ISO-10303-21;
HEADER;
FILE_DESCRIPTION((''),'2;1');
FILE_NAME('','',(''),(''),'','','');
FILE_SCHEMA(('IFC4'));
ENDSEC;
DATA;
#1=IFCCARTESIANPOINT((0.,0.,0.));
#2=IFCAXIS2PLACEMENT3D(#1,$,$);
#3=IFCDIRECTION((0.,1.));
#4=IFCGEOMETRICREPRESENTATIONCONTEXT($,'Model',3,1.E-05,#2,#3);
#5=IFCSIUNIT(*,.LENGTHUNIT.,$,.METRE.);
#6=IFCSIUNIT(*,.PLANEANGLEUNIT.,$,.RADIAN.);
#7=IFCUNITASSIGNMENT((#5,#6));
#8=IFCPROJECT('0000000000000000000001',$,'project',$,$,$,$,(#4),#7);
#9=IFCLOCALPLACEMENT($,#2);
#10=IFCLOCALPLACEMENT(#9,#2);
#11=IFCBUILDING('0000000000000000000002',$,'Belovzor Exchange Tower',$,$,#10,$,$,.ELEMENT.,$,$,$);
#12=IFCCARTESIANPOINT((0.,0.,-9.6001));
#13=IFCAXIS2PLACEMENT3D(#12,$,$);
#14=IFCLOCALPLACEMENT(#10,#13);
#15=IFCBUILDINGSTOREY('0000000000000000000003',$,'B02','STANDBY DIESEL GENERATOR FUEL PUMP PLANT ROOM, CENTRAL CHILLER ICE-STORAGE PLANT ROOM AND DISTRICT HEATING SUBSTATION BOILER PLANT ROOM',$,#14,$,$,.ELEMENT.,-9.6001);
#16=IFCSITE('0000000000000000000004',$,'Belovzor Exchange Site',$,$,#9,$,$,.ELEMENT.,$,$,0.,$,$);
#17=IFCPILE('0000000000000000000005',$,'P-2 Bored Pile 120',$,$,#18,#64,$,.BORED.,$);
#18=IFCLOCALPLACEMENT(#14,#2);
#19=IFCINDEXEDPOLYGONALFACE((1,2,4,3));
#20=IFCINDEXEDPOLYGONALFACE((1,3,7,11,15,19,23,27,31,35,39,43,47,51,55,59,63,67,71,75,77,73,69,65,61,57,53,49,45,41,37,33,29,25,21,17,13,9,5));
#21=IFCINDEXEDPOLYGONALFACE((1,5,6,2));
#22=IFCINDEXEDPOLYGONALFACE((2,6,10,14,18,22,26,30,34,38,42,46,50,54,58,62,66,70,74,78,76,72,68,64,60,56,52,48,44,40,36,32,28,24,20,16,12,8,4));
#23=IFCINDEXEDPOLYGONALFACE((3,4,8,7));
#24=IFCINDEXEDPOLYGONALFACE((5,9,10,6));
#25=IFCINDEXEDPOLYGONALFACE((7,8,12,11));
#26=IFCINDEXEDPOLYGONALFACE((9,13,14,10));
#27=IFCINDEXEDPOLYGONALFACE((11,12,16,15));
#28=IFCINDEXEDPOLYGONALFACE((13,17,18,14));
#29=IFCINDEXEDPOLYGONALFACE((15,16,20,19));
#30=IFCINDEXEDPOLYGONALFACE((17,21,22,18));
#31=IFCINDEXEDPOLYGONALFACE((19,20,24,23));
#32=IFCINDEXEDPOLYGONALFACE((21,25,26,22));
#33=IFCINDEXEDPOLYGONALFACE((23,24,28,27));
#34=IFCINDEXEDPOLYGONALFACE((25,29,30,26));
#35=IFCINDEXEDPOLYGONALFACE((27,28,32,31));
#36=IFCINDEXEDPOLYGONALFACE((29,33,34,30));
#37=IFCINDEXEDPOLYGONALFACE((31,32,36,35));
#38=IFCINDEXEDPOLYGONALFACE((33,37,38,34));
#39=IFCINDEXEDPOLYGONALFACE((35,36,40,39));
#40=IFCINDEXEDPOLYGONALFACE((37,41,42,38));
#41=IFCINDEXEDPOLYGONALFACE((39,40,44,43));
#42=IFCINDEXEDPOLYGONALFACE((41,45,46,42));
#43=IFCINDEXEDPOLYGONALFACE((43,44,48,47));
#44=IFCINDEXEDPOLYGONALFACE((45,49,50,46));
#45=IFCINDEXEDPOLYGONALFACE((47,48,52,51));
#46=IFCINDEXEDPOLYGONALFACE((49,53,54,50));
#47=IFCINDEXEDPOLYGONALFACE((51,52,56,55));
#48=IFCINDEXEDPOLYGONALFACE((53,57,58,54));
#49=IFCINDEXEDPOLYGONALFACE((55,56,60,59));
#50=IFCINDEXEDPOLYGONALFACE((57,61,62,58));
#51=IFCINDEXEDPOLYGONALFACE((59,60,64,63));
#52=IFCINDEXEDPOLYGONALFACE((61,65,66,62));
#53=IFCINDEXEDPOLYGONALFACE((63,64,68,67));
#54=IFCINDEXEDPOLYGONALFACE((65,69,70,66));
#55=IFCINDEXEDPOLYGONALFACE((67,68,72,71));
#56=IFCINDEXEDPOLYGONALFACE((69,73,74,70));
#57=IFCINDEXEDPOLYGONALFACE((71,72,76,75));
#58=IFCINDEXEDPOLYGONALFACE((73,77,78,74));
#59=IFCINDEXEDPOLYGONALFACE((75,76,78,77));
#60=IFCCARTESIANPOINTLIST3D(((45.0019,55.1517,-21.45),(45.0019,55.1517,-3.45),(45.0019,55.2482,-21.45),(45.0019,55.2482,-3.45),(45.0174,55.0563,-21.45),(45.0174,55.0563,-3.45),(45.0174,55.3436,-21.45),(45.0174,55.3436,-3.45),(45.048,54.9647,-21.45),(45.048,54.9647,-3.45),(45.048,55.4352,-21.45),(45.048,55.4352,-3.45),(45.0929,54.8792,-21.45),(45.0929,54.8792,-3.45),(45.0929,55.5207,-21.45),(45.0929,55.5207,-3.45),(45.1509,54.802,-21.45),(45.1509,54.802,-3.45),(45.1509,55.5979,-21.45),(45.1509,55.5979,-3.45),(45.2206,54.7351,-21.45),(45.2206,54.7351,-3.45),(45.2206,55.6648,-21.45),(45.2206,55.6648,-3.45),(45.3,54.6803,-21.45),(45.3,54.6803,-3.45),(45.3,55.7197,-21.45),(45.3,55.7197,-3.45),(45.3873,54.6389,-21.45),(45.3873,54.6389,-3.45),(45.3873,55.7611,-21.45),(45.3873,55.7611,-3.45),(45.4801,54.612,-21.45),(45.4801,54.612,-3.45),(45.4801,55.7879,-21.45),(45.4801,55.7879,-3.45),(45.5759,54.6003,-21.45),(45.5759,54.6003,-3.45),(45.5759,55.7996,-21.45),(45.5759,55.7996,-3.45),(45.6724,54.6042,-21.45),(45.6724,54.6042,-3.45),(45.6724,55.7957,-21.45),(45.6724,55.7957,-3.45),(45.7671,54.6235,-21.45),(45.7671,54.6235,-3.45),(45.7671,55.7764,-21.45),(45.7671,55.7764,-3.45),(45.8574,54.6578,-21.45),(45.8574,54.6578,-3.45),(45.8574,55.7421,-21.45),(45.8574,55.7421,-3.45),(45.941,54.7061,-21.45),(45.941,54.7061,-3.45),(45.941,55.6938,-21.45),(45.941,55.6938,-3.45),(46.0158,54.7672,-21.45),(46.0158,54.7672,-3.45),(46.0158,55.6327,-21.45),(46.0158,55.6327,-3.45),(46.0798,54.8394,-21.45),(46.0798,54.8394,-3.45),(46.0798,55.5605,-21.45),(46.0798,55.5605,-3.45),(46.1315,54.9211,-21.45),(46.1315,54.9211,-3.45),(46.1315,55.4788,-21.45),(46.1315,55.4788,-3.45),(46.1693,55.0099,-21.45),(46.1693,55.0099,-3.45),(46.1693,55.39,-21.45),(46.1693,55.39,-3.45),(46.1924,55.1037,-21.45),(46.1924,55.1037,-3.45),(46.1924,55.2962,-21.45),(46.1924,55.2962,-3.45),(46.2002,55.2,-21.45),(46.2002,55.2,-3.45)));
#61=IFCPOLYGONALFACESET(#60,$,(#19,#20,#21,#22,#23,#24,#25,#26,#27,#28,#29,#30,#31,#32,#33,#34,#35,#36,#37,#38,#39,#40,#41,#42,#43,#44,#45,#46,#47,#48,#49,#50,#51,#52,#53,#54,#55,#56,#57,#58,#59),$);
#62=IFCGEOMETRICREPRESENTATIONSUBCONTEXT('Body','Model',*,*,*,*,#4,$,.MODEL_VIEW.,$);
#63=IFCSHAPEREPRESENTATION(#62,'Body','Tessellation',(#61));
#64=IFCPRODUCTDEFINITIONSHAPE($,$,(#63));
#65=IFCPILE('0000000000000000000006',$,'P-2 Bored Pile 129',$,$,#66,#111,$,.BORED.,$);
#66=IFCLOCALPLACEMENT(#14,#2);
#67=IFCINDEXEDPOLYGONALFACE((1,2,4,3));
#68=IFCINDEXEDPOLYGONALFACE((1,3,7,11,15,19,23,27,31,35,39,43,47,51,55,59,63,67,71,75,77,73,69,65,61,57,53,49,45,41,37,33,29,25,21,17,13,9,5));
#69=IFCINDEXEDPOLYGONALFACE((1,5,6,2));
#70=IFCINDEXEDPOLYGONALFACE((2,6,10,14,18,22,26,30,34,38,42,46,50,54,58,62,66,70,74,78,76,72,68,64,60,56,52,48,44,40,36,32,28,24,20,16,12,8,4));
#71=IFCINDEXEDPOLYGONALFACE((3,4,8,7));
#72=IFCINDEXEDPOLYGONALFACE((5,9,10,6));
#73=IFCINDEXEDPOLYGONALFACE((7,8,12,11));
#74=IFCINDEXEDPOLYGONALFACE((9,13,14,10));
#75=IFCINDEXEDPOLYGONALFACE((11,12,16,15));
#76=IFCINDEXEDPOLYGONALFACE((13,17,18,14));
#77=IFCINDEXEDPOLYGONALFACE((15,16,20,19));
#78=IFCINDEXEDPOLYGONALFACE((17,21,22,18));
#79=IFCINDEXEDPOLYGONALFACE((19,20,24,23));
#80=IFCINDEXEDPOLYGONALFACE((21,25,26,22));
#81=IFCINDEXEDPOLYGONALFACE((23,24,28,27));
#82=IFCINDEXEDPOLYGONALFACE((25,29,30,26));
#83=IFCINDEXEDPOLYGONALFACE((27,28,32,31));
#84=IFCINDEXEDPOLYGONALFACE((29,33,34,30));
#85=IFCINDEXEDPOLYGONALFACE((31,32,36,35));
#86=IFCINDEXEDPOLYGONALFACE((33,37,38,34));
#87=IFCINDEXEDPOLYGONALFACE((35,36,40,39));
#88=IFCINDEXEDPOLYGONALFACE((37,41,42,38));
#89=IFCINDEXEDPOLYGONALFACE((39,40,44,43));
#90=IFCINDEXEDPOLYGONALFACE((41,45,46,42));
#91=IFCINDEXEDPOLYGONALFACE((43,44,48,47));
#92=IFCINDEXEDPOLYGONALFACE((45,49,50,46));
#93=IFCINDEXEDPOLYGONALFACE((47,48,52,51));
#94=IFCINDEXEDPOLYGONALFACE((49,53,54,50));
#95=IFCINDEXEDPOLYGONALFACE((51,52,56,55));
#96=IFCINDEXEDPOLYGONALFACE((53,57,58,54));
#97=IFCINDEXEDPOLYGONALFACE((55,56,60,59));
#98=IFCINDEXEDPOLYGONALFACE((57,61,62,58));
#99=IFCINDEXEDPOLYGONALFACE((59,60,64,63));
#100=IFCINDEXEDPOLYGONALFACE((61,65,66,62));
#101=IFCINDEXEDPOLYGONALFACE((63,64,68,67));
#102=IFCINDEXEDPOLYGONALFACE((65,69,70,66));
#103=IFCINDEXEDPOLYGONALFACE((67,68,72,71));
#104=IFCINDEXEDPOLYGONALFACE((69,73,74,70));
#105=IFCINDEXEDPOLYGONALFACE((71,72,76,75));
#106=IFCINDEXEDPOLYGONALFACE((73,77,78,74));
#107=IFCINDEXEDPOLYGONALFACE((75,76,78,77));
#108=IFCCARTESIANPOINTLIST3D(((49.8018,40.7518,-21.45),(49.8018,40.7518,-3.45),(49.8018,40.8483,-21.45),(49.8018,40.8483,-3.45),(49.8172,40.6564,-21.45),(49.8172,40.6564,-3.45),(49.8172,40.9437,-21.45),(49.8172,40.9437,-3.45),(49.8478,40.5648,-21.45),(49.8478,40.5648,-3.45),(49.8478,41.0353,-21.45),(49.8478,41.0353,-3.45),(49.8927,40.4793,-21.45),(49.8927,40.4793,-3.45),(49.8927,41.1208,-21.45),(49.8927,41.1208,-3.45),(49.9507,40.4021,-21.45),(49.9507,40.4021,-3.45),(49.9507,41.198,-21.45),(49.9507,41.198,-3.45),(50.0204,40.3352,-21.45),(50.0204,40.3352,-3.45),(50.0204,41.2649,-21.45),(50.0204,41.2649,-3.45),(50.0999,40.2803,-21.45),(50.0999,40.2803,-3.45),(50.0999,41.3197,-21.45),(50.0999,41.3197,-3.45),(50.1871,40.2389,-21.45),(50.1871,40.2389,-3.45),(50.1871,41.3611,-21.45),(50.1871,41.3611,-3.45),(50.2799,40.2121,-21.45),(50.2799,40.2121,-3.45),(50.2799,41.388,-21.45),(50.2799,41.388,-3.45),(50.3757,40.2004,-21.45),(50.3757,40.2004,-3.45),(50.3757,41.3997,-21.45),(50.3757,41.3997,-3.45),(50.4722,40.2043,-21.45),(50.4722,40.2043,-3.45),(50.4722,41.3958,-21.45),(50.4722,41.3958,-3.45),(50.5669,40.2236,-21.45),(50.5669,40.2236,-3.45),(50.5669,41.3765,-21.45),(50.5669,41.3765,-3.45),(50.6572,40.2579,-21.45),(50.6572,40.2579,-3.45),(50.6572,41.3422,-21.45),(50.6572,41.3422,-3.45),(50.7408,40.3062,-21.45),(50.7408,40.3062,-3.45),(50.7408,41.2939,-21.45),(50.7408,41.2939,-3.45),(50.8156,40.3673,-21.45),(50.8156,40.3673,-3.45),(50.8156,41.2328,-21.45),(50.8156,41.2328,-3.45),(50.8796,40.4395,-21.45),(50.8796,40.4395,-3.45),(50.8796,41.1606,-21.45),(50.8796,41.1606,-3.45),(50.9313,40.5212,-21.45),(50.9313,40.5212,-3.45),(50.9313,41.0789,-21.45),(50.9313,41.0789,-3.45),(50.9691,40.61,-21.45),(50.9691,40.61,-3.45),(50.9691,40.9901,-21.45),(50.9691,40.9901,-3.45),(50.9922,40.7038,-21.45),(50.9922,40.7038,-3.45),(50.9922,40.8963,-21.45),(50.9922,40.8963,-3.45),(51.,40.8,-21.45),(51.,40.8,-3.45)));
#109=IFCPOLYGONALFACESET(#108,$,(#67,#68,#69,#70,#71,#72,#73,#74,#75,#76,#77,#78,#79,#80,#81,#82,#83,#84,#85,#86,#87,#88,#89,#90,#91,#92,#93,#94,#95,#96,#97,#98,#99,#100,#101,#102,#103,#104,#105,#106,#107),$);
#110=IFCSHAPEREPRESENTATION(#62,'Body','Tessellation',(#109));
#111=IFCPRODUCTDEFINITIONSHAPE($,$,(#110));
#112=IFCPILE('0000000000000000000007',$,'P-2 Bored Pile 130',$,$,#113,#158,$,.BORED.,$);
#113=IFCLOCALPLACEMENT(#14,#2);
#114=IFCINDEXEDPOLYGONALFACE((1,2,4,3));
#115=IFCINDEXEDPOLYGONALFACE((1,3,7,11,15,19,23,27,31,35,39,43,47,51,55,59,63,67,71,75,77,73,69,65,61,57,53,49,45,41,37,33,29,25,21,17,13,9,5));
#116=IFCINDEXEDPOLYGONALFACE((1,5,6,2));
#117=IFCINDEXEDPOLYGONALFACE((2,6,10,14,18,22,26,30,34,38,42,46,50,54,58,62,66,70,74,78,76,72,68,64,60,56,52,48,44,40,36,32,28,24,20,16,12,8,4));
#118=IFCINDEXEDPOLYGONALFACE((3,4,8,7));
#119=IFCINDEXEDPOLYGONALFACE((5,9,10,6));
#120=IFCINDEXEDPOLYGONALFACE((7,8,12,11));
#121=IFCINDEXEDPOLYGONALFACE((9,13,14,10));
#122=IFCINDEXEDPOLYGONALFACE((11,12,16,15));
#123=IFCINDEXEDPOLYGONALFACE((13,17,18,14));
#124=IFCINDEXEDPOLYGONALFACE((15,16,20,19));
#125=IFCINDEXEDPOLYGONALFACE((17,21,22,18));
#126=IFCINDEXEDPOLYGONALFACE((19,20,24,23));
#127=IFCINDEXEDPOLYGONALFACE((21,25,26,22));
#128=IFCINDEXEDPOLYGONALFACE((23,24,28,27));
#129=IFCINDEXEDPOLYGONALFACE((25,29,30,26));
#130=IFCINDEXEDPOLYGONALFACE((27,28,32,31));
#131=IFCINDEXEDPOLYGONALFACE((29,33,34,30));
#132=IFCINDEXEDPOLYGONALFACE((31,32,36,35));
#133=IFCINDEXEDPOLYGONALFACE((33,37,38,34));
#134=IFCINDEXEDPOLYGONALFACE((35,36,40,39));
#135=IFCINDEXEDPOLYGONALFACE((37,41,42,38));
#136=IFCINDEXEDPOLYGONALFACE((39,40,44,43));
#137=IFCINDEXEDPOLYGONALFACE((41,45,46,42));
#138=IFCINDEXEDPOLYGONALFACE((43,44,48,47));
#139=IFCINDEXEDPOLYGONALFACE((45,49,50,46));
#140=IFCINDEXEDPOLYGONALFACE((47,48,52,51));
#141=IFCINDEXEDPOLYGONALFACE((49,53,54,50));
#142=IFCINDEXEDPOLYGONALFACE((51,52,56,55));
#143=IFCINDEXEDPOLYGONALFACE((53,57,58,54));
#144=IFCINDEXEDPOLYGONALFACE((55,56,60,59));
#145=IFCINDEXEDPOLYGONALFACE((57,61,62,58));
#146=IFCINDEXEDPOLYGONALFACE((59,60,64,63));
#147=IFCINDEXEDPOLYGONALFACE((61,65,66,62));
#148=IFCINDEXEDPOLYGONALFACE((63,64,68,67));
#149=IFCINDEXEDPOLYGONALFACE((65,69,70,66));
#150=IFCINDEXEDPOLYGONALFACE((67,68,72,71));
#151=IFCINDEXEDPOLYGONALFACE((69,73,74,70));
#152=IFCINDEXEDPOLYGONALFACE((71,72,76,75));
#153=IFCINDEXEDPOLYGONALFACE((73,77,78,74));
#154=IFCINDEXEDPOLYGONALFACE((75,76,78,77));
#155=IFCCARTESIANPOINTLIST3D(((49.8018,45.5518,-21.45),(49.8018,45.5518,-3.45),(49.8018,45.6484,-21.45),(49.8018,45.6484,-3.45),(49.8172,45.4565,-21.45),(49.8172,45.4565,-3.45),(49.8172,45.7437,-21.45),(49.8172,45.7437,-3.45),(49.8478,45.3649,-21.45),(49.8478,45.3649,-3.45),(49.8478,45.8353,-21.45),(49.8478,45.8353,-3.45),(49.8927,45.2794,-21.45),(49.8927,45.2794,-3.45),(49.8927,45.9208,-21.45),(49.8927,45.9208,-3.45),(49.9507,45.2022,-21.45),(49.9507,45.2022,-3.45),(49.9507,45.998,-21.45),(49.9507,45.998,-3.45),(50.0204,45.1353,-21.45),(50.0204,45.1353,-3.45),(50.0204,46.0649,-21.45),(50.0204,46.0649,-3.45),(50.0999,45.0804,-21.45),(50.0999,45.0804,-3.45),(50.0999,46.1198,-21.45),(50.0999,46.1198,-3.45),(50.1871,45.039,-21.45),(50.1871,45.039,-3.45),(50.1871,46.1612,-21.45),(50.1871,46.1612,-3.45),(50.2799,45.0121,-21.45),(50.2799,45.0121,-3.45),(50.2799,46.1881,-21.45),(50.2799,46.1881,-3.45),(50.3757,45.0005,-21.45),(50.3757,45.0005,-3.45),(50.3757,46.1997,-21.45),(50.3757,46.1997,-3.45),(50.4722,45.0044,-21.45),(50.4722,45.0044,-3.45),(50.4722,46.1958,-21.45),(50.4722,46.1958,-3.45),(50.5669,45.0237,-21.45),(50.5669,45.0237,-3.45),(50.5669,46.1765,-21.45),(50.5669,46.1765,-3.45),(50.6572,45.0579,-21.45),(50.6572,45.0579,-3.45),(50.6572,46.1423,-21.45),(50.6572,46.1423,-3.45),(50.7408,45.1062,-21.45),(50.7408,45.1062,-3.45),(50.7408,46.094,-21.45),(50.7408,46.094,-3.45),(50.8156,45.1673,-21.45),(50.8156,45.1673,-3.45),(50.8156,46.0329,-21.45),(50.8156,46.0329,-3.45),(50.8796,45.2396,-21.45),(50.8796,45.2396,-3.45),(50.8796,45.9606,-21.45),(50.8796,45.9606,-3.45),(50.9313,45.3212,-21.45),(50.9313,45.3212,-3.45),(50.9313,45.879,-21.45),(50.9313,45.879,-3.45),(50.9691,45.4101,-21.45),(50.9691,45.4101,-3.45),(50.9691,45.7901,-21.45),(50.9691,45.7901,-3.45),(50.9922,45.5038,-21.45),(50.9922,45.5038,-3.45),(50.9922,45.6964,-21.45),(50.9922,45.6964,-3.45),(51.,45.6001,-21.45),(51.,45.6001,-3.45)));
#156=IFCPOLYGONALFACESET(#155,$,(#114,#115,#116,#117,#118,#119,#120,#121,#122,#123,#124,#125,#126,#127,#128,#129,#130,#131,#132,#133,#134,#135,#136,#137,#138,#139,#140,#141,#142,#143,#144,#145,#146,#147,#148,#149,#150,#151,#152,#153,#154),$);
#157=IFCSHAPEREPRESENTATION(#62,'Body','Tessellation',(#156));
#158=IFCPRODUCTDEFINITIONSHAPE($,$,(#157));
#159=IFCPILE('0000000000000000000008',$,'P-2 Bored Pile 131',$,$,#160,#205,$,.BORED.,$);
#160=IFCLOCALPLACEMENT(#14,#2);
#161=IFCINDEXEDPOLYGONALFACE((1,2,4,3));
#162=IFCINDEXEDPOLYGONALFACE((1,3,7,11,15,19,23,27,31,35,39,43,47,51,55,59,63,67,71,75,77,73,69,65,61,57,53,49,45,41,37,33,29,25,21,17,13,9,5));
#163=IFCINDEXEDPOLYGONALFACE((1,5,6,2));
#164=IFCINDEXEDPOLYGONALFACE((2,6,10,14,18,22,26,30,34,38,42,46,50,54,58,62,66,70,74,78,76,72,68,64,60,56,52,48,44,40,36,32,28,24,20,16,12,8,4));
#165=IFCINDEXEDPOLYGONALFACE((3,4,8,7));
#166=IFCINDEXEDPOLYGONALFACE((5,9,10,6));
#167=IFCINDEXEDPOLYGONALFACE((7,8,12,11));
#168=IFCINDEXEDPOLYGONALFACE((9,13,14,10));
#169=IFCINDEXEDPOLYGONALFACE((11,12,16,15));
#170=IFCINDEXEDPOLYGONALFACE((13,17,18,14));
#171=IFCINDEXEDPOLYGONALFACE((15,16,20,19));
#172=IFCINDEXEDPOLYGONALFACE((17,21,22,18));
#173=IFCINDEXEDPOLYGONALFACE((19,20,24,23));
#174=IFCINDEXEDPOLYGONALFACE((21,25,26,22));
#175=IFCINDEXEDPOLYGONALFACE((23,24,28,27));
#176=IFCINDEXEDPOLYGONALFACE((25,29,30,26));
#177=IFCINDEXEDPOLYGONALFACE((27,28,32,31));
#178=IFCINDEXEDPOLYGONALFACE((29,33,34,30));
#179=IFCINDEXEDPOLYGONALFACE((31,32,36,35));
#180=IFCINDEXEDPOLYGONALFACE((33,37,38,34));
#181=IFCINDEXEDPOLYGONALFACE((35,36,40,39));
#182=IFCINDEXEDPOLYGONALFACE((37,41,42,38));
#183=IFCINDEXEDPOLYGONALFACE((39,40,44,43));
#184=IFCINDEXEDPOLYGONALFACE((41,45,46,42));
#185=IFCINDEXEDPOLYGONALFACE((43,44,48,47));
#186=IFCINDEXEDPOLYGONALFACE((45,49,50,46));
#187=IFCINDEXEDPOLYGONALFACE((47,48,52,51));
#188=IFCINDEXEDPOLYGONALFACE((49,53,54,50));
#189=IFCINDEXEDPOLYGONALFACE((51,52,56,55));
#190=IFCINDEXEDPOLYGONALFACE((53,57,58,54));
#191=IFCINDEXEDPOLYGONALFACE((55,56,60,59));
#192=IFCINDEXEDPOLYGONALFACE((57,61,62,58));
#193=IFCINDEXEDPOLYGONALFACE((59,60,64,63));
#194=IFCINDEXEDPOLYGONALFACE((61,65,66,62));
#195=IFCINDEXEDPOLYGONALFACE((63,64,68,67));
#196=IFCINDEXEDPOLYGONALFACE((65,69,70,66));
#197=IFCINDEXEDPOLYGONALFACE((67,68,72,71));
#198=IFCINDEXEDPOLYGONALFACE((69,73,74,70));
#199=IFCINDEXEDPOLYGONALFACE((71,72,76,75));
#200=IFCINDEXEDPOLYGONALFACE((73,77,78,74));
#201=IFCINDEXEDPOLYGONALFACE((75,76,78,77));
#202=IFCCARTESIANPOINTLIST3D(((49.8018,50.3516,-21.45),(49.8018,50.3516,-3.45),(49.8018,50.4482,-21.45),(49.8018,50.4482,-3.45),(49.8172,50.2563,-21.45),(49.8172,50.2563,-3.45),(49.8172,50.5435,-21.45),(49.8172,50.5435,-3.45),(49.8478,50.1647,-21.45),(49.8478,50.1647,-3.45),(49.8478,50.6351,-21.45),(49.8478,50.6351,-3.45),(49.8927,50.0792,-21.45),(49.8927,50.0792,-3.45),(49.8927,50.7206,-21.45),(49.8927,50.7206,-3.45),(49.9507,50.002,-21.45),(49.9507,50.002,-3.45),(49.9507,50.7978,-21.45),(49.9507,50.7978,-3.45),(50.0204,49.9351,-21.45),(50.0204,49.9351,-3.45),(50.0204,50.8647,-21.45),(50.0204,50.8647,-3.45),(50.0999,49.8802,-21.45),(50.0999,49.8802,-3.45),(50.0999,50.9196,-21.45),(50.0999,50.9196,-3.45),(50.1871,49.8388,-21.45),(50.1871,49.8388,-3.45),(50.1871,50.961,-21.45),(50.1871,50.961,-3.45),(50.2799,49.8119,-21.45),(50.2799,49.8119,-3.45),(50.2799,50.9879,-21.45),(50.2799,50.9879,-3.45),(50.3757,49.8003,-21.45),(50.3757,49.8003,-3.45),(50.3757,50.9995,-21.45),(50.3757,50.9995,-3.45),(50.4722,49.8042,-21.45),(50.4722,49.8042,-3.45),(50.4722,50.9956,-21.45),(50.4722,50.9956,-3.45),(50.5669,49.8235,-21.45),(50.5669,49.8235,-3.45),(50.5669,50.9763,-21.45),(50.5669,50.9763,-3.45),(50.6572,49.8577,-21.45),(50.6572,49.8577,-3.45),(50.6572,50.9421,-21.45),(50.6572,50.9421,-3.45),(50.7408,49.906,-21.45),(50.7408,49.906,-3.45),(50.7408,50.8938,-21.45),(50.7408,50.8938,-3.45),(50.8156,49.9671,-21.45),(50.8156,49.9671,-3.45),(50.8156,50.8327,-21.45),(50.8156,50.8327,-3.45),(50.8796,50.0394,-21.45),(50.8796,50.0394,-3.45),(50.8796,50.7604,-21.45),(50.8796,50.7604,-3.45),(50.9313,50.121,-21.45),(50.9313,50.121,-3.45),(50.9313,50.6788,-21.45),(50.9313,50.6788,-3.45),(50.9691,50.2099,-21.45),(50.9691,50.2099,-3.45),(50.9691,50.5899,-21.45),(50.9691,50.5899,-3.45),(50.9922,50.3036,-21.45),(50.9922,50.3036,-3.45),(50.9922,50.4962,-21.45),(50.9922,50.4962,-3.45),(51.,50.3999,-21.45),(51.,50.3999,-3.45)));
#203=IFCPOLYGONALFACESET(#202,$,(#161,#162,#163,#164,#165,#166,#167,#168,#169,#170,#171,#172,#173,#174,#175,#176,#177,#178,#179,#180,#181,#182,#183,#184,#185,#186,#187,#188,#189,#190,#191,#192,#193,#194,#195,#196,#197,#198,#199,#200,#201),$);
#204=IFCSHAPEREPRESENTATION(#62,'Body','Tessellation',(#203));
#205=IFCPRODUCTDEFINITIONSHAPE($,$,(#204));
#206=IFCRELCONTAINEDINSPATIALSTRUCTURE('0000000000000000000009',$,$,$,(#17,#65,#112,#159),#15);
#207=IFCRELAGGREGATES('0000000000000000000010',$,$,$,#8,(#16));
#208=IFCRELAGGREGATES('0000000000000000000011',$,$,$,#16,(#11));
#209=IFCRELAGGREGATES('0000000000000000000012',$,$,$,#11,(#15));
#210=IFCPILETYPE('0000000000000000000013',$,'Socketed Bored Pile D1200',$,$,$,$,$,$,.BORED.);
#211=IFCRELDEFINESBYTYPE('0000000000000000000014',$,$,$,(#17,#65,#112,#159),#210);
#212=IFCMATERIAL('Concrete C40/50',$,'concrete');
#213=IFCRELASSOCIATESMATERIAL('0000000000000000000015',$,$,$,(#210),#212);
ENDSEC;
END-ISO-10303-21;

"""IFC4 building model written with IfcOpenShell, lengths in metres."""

from ifc_helpers import new_model, si_unit, direction, frame, origin, origin_2d, place, context, subcontext, project, spatial, circle, extrude, material, material_profile, profile_set, type_object, element, save


model = new_model("IFC4")

# Units and contexts
model_context = context("Model", 3, precision=1e-05, world=origin(), true_north=direction((0.0, 1.0)))
body_context = subcontext(model_context, "Body", "Model", "MODEL_VIEW")
ifc_project = project(units=[si_unit("LENGTHUNIT", "METRE"), si_unit("PLANEANGLEUNIT", "RADIAN")], contexts=[model_context])

# Site, building, storey
site_placement = place(None, origin())
site = spatial("IfcSite", under=ifc_project, at=site_placement, Name="Belovzor Exchange Site", CompositionType="ELEMENT", RefElevation=0.0)
building_placement = place(site_placement, origin())
building = spatial("IfcBuilding", under=site, at=building_placement, Name="Belovzor Exchange Tower", CompositionType="ELEMENT")
storey_placement = place(building_placement, frame((0.0, 0.0, -9.6001)))
storey = spatial("IfcBuildingStorey", under=building, at=storey_placement, Name="B02", Description="STANDBY DIESEL GENERATOR FUEL PUMP PLANT ROOM, CENTRAL CHILLER ICE-STORAGE PLANT ROOM AND DISTRICT HEATING SUBSTATION BOILER PLANT ROOM", CompositionType="ELEMENT", Elevation=-9.6001)

# Piles
ifc_material_1 = material(Name="Concrete C40/50", Category="concrete")
ifc_material_profile_1 = material_profile(ifc_material_1, circle(Radius=0.6001, at=origin_2d()))
ifc_profile_set_1 = profile_set([ifc_material_profile_1], Name="Concrete C40/50")
pile_type_1 = type_object("IfcPileType", Name="Socketed Bored Pile D1200", PredefinedType="BORED", material=ifc_profile_set_1)
for number, where, z_axis, x_axis, name in (
    (1, (45.6001, 55.2, -3.45), (0.0, 0.0, -1.0), (1.0, 0.0, 0.0), "P-2 Bored Pile 120"),
    (2, (50.3999, 40.8, -3.45), (0.0, 0.0, -1.0), (1.0, 0.0, 0.0), "P-2 Bored Pile 129"),
    (3, (50.3999, 45.6001, -3.45), (0.0, 0.0, -1.0), (1.0, 0.0, 0.0), "P-2 Bored Pile 130"),
    (4, (50.3999, 50.3999, -3.45), (0.0, 0.0, -1.0), (1.0, 0.0, 0.0), "P-2 Bored Pile 131"),
):
    element("IfcPile", number, at=place(storey_placement, frame(where, z_axis=z_axis, x_axis=x_axis)), inside=storey, type_object=pile_type_1, Name=name, PredefinedType="BORED", context=body_context, shape_type="SweptSolid", body=[
        extrude(circle(Radius=0.6001, at=origin_2d()), origin(), (0.0, 0.0, 1.0), 18.0),
    ])

save(model, "model.ifc")
